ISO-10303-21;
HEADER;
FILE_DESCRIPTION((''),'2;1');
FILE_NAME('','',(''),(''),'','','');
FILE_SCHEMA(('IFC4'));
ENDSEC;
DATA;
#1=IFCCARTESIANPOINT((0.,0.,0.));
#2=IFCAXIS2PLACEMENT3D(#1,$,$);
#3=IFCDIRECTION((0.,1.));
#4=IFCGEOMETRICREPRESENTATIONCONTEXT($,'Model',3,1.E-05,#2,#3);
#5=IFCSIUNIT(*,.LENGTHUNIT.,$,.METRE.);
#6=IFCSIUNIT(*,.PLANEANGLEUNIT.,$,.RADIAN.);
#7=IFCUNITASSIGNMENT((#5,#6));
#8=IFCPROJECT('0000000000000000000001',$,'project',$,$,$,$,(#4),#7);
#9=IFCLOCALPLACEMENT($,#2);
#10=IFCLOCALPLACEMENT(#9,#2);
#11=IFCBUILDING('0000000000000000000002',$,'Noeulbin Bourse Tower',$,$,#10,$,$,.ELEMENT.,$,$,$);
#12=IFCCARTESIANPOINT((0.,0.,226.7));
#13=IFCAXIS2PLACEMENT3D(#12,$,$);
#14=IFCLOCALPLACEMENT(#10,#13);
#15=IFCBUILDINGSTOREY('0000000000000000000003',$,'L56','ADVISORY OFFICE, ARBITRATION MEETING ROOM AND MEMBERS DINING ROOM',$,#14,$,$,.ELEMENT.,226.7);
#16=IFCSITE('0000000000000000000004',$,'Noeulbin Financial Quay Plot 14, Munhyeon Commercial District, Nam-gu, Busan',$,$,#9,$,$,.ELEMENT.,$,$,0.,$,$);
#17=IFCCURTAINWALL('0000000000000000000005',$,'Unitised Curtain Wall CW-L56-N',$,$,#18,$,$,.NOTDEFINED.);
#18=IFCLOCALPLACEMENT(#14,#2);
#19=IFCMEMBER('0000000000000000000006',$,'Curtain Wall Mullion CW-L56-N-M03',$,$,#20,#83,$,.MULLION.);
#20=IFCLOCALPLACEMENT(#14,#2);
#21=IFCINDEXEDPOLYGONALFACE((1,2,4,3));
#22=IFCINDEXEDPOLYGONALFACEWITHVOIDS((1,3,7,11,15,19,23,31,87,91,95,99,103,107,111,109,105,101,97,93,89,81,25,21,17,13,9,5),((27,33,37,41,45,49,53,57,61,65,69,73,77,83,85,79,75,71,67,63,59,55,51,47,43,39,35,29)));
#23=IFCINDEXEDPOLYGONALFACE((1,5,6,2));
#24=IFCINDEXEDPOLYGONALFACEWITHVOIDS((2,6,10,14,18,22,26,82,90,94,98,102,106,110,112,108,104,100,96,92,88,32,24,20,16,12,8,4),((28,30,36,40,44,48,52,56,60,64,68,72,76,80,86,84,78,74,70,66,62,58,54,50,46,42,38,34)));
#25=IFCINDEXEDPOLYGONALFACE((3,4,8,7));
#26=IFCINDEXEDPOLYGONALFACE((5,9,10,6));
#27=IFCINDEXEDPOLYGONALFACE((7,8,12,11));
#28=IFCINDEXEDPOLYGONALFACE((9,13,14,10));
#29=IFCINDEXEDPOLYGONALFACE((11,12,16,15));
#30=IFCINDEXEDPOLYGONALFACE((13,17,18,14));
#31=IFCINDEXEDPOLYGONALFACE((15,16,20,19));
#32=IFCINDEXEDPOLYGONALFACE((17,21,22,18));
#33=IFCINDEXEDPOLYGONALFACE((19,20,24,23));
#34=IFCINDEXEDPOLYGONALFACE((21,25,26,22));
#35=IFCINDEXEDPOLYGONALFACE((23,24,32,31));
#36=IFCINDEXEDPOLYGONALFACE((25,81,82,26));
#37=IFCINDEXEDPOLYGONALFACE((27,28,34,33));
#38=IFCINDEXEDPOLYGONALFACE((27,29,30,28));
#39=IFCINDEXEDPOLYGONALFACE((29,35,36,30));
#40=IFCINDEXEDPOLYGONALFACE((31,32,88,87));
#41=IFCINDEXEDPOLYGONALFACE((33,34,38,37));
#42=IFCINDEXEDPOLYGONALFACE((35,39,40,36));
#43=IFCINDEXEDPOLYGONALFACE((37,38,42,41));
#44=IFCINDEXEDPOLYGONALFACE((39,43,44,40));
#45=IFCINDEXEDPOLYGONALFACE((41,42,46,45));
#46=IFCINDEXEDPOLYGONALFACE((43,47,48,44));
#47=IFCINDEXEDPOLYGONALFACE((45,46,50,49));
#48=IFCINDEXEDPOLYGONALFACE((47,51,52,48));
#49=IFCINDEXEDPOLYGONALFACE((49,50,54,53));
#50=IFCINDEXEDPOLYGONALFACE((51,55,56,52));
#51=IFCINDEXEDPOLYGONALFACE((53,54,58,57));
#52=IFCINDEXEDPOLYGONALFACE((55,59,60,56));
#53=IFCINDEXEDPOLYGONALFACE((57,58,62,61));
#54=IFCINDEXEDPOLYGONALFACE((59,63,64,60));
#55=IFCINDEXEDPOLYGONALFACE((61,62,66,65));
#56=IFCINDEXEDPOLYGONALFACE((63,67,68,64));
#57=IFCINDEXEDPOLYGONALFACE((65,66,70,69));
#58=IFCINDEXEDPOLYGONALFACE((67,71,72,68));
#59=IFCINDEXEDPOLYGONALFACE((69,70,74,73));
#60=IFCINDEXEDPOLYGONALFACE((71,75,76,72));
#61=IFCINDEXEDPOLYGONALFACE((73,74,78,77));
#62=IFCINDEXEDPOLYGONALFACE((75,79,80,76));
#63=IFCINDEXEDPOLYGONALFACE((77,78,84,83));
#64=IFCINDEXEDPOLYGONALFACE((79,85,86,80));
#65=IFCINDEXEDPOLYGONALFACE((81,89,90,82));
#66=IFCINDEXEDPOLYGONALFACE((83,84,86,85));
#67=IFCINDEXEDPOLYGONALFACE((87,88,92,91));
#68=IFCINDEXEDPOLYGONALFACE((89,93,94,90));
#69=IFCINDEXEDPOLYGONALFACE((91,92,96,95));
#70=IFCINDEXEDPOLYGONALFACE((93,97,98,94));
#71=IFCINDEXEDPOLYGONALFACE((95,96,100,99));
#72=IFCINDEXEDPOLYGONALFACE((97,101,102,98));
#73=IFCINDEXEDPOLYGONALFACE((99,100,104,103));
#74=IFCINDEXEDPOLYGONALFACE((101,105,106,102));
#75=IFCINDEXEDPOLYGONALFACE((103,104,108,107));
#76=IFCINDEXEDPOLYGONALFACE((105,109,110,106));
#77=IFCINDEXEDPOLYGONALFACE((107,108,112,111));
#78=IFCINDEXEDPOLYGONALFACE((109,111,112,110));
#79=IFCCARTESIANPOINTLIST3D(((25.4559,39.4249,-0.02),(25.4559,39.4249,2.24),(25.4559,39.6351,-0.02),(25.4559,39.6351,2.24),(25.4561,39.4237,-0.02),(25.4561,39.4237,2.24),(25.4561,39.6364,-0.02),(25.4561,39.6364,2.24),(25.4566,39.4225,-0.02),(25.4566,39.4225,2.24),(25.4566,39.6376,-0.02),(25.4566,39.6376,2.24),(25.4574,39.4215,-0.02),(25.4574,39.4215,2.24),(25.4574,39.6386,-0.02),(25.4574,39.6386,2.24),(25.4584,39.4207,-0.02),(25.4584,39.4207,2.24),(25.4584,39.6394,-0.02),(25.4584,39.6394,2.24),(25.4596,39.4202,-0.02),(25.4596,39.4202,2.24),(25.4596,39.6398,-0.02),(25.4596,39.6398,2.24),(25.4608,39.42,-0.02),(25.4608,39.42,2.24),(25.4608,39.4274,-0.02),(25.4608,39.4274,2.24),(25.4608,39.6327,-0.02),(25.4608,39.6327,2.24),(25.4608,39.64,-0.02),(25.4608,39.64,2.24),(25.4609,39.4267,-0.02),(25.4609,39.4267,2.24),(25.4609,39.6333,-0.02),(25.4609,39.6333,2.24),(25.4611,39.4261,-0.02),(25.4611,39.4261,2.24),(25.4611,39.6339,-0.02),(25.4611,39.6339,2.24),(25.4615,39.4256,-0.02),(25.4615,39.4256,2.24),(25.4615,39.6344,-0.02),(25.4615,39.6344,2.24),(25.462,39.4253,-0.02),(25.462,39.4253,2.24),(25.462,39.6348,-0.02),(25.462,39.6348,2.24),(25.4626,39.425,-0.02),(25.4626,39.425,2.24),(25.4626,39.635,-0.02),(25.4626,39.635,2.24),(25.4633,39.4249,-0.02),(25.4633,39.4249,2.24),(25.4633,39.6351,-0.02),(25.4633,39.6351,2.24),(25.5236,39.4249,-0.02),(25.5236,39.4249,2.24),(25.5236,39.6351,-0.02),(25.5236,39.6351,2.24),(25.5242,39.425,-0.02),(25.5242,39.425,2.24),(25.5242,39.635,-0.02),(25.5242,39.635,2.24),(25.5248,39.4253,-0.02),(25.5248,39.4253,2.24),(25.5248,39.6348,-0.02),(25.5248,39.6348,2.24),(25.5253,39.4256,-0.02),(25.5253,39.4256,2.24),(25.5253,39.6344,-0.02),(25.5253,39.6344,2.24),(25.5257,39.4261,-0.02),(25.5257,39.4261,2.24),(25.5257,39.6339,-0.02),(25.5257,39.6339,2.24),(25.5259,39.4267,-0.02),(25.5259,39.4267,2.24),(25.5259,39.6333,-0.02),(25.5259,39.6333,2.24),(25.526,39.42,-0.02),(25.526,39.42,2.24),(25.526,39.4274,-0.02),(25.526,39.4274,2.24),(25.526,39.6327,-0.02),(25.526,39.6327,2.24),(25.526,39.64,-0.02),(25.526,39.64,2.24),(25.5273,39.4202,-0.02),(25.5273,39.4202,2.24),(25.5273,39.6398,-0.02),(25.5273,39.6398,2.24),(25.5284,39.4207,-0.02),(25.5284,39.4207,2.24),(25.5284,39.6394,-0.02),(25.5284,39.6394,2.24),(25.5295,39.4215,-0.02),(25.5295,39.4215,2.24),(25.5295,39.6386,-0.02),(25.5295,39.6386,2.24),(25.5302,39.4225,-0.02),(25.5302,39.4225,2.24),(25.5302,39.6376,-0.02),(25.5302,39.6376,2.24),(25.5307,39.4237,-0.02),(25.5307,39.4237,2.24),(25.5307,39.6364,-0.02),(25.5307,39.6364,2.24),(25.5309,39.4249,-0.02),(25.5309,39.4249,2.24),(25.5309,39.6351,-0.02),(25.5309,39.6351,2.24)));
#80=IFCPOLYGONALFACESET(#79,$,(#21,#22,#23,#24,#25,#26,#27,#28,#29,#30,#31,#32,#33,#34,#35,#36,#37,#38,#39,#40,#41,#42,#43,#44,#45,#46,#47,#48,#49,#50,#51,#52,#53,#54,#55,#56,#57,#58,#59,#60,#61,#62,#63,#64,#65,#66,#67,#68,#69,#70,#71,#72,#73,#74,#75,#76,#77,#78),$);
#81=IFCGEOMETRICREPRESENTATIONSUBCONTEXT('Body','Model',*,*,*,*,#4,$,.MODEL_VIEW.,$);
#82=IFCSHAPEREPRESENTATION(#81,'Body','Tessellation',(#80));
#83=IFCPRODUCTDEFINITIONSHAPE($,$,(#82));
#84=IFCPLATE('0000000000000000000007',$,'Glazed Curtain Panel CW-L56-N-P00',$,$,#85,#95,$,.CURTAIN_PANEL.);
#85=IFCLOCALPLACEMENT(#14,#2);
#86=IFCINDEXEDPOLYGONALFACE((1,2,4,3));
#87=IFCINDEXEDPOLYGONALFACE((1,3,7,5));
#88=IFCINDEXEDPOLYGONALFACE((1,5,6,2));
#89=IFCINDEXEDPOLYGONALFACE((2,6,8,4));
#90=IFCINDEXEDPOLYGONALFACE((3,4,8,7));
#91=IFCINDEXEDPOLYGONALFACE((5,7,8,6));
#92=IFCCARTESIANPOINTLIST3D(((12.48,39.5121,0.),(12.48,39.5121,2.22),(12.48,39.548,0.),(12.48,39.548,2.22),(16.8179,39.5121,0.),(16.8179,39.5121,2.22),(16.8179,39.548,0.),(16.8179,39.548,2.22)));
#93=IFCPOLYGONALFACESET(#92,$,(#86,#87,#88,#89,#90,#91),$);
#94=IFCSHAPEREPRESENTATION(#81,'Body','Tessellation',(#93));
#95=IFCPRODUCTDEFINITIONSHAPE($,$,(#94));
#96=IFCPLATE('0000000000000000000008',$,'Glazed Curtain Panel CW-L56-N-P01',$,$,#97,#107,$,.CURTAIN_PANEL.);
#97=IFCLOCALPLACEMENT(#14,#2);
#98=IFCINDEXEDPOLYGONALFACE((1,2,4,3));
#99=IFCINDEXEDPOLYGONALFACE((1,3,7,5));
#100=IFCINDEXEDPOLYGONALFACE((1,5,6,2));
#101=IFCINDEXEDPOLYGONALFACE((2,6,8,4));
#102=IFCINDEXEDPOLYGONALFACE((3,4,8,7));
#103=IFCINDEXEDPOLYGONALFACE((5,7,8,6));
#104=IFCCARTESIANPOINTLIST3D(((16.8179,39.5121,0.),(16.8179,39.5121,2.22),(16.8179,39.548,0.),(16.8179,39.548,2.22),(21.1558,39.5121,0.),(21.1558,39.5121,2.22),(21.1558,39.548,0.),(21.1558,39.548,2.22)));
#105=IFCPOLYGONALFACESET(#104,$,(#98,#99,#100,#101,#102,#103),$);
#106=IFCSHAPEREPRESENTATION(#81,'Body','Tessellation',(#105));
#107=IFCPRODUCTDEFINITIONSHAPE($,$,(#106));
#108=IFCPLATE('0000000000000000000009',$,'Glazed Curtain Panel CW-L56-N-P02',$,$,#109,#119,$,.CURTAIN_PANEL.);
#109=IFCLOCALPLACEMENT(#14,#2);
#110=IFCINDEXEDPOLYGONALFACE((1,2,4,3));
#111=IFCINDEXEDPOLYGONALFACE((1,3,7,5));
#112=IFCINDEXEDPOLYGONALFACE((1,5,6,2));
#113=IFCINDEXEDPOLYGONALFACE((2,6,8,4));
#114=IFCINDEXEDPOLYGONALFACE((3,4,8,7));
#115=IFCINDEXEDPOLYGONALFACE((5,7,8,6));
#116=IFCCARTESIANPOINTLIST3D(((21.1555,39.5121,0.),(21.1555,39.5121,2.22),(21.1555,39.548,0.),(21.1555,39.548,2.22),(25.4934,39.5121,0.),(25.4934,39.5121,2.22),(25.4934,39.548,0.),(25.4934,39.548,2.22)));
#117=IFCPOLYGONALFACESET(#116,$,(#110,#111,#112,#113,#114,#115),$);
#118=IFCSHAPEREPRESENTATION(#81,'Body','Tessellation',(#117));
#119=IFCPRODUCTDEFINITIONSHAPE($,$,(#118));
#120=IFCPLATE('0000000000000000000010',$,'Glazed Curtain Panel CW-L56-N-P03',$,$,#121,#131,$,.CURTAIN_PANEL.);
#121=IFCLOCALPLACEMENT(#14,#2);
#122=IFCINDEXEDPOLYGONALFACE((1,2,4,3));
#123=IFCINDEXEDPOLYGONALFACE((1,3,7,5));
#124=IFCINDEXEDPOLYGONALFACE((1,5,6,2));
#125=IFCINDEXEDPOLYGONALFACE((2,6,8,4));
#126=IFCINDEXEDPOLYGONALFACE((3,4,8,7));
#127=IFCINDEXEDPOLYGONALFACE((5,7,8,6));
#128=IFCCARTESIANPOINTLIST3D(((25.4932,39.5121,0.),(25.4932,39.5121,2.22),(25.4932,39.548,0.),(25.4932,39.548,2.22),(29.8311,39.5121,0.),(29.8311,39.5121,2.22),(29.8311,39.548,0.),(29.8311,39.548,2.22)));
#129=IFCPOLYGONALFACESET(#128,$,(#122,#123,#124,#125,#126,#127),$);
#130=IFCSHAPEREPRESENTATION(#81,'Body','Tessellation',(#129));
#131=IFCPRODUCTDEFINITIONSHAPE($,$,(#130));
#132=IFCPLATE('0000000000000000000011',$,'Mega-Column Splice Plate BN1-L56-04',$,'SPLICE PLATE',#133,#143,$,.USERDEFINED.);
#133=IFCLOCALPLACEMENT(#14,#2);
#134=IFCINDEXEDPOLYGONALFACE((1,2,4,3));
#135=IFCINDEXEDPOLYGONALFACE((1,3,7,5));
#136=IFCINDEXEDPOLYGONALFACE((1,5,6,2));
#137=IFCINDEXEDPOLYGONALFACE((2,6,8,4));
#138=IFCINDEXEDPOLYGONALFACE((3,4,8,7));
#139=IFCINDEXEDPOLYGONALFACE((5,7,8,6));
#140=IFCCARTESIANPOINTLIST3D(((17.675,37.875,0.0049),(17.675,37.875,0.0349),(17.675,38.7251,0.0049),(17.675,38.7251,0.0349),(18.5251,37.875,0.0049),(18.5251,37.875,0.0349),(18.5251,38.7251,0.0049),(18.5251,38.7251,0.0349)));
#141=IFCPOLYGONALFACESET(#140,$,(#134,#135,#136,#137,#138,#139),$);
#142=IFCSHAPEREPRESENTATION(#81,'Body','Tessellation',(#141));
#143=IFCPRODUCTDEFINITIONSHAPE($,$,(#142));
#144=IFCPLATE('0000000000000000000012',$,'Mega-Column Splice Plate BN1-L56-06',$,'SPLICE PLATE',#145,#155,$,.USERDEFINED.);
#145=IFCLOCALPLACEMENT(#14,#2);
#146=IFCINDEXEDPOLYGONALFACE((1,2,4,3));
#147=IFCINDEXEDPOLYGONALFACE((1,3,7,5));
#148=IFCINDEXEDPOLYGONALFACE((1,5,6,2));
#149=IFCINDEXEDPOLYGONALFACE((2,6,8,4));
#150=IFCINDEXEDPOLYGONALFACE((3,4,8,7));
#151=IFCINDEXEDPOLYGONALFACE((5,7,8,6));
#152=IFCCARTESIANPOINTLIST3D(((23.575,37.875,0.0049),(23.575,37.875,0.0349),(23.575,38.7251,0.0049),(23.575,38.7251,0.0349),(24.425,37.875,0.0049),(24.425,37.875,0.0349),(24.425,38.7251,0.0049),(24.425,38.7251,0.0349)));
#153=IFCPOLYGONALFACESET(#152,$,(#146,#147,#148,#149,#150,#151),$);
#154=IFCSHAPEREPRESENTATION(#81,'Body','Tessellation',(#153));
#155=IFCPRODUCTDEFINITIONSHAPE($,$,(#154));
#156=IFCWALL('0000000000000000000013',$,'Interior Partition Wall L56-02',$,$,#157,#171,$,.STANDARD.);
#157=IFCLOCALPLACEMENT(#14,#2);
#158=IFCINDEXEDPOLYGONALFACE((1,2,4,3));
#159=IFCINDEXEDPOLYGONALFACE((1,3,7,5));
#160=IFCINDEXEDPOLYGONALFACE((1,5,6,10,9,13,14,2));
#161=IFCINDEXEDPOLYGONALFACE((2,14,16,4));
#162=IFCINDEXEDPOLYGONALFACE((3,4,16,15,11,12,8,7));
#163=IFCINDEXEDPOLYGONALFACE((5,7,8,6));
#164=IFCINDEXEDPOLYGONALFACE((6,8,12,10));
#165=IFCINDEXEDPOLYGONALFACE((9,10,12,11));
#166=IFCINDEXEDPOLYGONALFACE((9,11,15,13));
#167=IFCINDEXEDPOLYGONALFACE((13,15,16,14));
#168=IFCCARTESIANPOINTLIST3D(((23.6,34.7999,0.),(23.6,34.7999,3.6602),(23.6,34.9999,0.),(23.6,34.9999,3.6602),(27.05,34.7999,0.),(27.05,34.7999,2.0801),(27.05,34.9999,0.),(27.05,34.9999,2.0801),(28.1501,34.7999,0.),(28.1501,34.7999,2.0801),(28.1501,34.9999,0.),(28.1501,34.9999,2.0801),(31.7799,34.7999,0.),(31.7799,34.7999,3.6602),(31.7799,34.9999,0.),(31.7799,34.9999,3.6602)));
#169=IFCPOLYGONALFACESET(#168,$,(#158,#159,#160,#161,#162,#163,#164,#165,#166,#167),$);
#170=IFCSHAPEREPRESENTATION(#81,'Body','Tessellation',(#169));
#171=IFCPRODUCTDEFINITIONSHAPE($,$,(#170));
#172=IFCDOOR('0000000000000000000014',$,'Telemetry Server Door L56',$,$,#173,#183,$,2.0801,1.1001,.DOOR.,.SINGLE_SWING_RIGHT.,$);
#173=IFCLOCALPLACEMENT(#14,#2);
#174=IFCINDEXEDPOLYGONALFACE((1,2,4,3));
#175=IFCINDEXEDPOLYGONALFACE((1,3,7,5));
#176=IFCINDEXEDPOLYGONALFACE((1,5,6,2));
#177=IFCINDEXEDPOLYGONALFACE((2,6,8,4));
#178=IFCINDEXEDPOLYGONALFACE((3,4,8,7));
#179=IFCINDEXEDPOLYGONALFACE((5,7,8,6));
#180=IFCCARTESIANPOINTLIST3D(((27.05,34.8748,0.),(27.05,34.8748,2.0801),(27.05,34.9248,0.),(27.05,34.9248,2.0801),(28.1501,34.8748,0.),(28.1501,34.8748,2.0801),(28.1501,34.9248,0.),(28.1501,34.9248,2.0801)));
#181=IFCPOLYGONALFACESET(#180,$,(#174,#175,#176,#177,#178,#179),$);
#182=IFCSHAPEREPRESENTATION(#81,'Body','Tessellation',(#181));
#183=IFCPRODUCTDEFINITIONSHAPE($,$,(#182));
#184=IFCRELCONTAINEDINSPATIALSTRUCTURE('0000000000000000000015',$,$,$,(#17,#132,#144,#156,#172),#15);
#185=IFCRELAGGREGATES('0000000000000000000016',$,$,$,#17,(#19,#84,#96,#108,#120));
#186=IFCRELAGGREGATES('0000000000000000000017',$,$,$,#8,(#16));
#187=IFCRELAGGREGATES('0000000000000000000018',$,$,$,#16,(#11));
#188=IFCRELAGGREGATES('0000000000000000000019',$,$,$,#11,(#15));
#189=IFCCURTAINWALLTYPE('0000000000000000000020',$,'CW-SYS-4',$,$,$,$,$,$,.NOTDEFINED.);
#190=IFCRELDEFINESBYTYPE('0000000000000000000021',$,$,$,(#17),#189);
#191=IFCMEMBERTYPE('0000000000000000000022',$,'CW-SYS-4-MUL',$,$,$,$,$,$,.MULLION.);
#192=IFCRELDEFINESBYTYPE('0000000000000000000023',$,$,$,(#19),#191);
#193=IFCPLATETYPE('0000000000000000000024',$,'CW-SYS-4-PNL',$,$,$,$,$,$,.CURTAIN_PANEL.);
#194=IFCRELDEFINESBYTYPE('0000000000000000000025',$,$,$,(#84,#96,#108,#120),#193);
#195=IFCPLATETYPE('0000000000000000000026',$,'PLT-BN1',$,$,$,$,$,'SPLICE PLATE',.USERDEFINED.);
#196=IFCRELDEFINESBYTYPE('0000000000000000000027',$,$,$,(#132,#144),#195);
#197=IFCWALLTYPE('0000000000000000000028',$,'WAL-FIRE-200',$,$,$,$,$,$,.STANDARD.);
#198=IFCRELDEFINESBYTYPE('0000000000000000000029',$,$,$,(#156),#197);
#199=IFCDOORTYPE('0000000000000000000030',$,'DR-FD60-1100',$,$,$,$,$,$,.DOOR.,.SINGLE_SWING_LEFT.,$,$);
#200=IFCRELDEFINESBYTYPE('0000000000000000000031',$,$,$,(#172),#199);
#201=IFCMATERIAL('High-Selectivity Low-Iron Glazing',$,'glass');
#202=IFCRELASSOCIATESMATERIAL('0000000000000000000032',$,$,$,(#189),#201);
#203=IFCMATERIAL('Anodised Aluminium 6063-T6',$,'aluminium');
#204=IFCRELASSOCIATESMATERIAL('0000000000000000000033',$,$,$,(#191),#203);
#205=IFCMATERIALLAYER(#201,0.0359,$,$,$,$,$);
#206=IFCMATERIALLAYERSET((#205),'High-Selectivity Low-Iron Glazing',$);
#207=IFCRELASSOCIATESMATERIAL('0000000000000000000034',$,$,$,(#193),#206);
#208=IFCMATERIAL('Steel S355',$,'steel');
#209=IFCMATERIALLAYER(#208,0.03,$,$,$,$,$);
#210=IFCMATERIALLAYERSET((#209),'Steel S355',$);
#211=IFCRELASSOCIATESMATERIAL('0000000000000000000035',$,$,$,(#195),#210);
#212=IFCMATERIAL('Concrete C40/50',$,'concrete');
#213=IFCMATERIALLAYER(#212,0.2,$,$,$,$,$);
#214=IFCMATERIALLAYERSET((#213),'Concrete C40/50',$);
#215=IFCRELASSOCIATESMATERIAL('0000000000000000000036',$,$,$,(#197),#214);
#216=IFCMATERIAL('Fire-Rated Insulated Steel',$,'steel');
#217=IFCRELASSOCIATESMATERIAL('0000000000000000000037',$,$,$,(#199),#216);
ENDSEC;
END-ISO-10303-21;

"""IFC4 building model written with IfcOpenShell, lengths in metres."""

from ifc_helpers import new_model, si_unit, direction, frame, frame_2d, origin, origin_2d, place, context, subcontext, project, spatial, rectangle, hollow_rectangle, extrude, material, layer, layer_set, material_profile, profile_set, type_object, element, fill, aggregate, save


model = new_model("IFC4")

# Units and contexts
model_context = context("Model", 3, precision=1e-05, world=origin(), true_north=direction((0.0, 1.0)))
body_context = subcontext(model_context, "Body", "Model", "MODEL_VIEW")
ifc_project = project(units=[si_unit("LENGTHUNIT", "METRE"), si_unit("PLANEANGLEUNIT", "RADIAN")], contexts=[model_context])

# Site, building, storey
site_placement = place(None, origin())
site = spatial("IfcSite", under=ifc_project, at=site_placement, Name="Noeulbin Financial Quay Plot 14, Munhyeon Commercial District, Nam-gu, Busan", CompositionType="ELEMENT", RefElevation=0.0)
building_placement = place(site_placement, origin())
building = spatial("IfcBuilding", under=site, at=building_placement, Name="Noeulbin Bourse Tower", CompositionType="ELEMENT")
storey_placement = place(building_placement, frame((0.0, 0.0, 226.7)))
storey = spatial("IfcBuildingStorey", under=building, at=storey_placement, Name="L56", Description="ADVISORY OFFICE, ARBITRATION MEETING ROOM AND MEMBERS DINING ROOM", CompositionType="ELEMENT", Elevation=226.7)

# Shared definitions
ifc_material_1 = material(Name="Steel S355", Category="steel")

# Curtain wall, member, plates
ifc_material_2 = material(Name="High-Selectivity Low-Iron Glazing", Category="glass")
curtain_wall_type = type_object("IfcCurtainWallType", Name="CW-SYS-4", PredefinedType="NOTDEFINED", material=ifc_material_2)
curtain_wall_placement = place(storey_placement, origin())
curtain_wall = element("IfcCurtainWall", 1, at=curtain_wall_placement, inside=storey, type_object=curtain_wall_type, Name="Unitised Curtain Wall CW-L56-N", PredefinedType="NOTDEFINED")
ifc_material_3 = material(Name="Anodised Aluminium 6063-T6", Category="aluminium")
ifc_material_profile_1 = material_profile(ifc_material_3, hollow_rectangle(XDim=0.075, YDim=0.22, WallThickness=0.0049, InnerFilletRadius=0.0024, OuterFilletRadius=0.0049, at=origin_2d()), Name="ALU-MULL-75x220x5", Category="LoadBearing")
ifc_profile_set_1 = profile_set([ifc_material_profile_1], Name="Anodised Aluminium 6063-T6")
member_type = type_object("IfcMemberType", Name="CW-SYS-4-MUL", PredefinedType="MULLION", material=ifc_profile_set_1)
member_1_placement = place(storey_placement, frame((25.4934, 39.53, -0.02), z_axis=(0.0, 0.0, 1.0), x_axis=(1.0, 0.0, 0.0)))
member_1 = element("IfcMember", 2, at=member_1_placement, type_object=member_type, Name="Curtain Wall Mullion CW-L56-N-M03", PredefinedType="MULLION", context=body_context, shape_type="SweptSolid", body=[
    extrude(hollow_rectangle(XDim=0.075, YDim=0.22, WallThickness=0.0049, InnerFilletRadius=0.0024, OuterFilletRadius=0.0049, at=origin_2d()), origin(), (0.0, 0.0, 1.0), 2.26),
])
ifc_layer_1 = layer(ifc_material_2, 0.0359)
ifc_layer_set_1 = layer_set([ifc_layer_1], Name="High-Selectivity Low-Iron Glazing")
plate_type_1 = type_object("IfcPlateType", Name="CW-SYS-4-PNL", PredefinedType="CURTAIN_PANEL", material=ifc_layer_set_1)
plate_1_placement = place(storey_placement, frame((14.6489, 39.53, 0.0), z_axis=(0.0, 0.0, 1.0), x_axis=(1.0, 0.0, 0.0)))
plate_1 = element("IfcPlate", 3, at=plate_1_placement, type_object=plate_type_1, Name="Glazed Curtain Panel CW-L56-N-P00", PredefinedType="CURTAIN_PANEL", context=body_context, shape_type="SweptSolid", body=[
    extrude(rectangle(XDim=4.3379, YDim=0.0359, at=origin_2d()), origin(), (0.0, 0.0, 1.0), 2.22),
])
plate_2_placement = place(storey_placement, frame((18.9868, 39.53, 0.0), z_axis=(0.0, 0.0, 1.0), x_axis=(1.0, 0.0, 0.0)))
plate_2 = element("IfcPlate", 4, at=plate_2_placement, type_object=plate_type_1, Name="Glazed Curtain Panel CW-L56-N-P01", PredefinedType="CURTAIN_PANEL", context=body_context, shape_type="SweptSolid", body=[
    extrude(rectangle(XDim=4.3379, YDim=0.0359, at=origin_2d()), origin(), (0.0, 0.0, 1.0), 2.22),
])
plate_3_placement = place(storey_placement, frame((23.3245, 39.53, 0.0), z_axis=(0.0, 0.0, 1.0), x_axis=(1.0, 0.0, 0.0)))
plate_3 = element("IfcPlate", 5, at=plate_3_placement, type_object=plate_type_1, Name="Glazed Curtain Panel CW-L56-N-P02", PredefinedType="CURTAIN_PANEL", context=body_context, shape_type="SweptSolid", body=[
    extrude(rectangle(XDim=4.3379, YDim=0.0359, at=origin_2d()), origin(), (0.0, 0.0, 1.0), 2.22),
])
plate_4_placement = place(storey_placement, frame((27.6621, 39.53, 0.0), z_axis=(0.0, 0.0, 1.0), x_axis=(1.0, 0.0, 0.0)))
plate_4 = element("IfcPlate", 6, at=plate_4_placement, type_object=plate_type_1, Name="Glazed Curtain Panel CW-L56-N-P03", PredefinedType="CURTAIN_PANEL", context=body_context, shape_type="SweptSolid", body=[
    extrude(rectangle(XDim=4.3379, YDim=0.0359, at=origin_2d()), origin(), (0.0, 0.0, 1.0), 2.22),
])
aggregate(curtain_wall, [member_1, plate_1, plate_2, plate_3, plate_4])

# Plates
ifc_layer_2 = layer(ifc_material_1, 0.03)
ifc_layer_set_2 = layer_set([ifc_layer_2], Name="Steel S355")
plate_type_2 = type_object("IfcPlateType", Name="PLT-BN1", ElementType="SPLICE PLATE", PredefinedType="USERDEFINED", material=ifc_layer_set_2)
for number, where, z_axis, x_axis, name in (
    (7, (18.1001, 38.3, 0.0049), (0.0, 0.0, 1.0), (1.0, 0.0, 0.0), "Mega-Column Splice Plate BN1-L56-04"),
    (8, (24.0, 38.3, 0.0049), (0.0, 0.0, 1.0), (1.0, 0.0, 0.0), "Mega-Column Splice Plate BN1-L56-06"),
):
    element("IfcPlate", number, at=place(storey_placement, frame(where, z_axis=z_axis, x_axis=x_axis)), inside=storey, type_object=plate_type_2, Name=name, ObjectType="SPLICE PLATE", PredefinedType="USERDEFINED", context=body_context, shape_type="SweptSolid", body=[
        extrude(rectangle(XDim=0.8501, YDim=0.8501, at=origin_2d()), origin(), (0.0, 0.0, 1.0), 0.03),
    ])

# Wall, opening, door
ifc_material_4 = material(Name="Concrete C40/50", Category="concrete")
ifc_layer_3 = layer(ifc_material_4, 0.2)
ifc_layer_set_3 = layer_set([ifc_layer_3], Name="Concrete C40/50")
wall_type_1 = type_object("IfcWallType", Name="WAL-FIRE-200", PredefinedType="STANDARD", material=ifc_layer_set_3)
wall_1_placement = place(storey_placement, frame((23.6001, 34.8999, 0.0), z_axis=(0.0, 0.0, 1.0), x_axis=(1.0, 0.0, 0.0)))
wall_1 = element("IfcWall", 9, at=wall_1_placement, inside=storey, type_object=wall_type_1, Name="Interior Partition Wall L56-02", PredefinedType="STANDARD", context=body_context, shape_type="SweptSolid", body=[
    extrude(rectangle(XDim=8.1799, YDim=0.2, at=frame_2d((4.0898, 0.0))), origin(), (0.0, 0.0, 1.0), 3.6602),
])
opening_1_placement = place(wall_1_placement, frame((3.45, 0.0, 0.0)))
opening_1 = element("IfcOpeningElement", 10, at=opening_1_placement, cuts=wall_1, PredefinedType="OPENING", context=body_context, shape_type="SweptSolid", body=[
    extrude(rectangle(XDim=1.1001, YDim=2.0801, at=frame_2d((0.55, 1.04))), frame((0.0, 0.1099, 0.0), z_axis=(0.0, -1.0, 0.0), x_axis=(1.0, 0.0, 0.0)), (0.0, 0.0, 1.0), 0.22),
])
ifc_material_5 = material(Name="Fire-Rated Insulated Steel", Category="steel")
door_type_1 = type_object("IfcDoorType", Name="DR-FD60-1100", OperationType="SINGLE_SWING_LEFT", PredefinedType="DOOR", material=ifc_material_5)
door_1_placement = place(opening_1_placement, origin())
door_1 = element("IfcDoor", 11, at=door_1_placement, inside=storey, type_object=door_type_1, Name="Telemetry Server Door L56", OperationType="SINGLE_SWING_RIGHT", OverallHeight=2.0801, OverallWidth=1.1001, PredefinedType="DOOR", context=body_context, shape_type="SweptSolid", body=[
    extrude(rectangle(XDim=1.1001, YDim=2.0801, at=frame_2d((0.55, 1.04))), frame((0.0, 0.0249, 0.0), z_axis=(0.0, -1.0, 0.0), x_axis=(1.0, 0.0, 0.0)), (0.0, 0.0, 1.0), 0.05),
])
fill(opening_1, door_1)

save(model, "model.ifc")
